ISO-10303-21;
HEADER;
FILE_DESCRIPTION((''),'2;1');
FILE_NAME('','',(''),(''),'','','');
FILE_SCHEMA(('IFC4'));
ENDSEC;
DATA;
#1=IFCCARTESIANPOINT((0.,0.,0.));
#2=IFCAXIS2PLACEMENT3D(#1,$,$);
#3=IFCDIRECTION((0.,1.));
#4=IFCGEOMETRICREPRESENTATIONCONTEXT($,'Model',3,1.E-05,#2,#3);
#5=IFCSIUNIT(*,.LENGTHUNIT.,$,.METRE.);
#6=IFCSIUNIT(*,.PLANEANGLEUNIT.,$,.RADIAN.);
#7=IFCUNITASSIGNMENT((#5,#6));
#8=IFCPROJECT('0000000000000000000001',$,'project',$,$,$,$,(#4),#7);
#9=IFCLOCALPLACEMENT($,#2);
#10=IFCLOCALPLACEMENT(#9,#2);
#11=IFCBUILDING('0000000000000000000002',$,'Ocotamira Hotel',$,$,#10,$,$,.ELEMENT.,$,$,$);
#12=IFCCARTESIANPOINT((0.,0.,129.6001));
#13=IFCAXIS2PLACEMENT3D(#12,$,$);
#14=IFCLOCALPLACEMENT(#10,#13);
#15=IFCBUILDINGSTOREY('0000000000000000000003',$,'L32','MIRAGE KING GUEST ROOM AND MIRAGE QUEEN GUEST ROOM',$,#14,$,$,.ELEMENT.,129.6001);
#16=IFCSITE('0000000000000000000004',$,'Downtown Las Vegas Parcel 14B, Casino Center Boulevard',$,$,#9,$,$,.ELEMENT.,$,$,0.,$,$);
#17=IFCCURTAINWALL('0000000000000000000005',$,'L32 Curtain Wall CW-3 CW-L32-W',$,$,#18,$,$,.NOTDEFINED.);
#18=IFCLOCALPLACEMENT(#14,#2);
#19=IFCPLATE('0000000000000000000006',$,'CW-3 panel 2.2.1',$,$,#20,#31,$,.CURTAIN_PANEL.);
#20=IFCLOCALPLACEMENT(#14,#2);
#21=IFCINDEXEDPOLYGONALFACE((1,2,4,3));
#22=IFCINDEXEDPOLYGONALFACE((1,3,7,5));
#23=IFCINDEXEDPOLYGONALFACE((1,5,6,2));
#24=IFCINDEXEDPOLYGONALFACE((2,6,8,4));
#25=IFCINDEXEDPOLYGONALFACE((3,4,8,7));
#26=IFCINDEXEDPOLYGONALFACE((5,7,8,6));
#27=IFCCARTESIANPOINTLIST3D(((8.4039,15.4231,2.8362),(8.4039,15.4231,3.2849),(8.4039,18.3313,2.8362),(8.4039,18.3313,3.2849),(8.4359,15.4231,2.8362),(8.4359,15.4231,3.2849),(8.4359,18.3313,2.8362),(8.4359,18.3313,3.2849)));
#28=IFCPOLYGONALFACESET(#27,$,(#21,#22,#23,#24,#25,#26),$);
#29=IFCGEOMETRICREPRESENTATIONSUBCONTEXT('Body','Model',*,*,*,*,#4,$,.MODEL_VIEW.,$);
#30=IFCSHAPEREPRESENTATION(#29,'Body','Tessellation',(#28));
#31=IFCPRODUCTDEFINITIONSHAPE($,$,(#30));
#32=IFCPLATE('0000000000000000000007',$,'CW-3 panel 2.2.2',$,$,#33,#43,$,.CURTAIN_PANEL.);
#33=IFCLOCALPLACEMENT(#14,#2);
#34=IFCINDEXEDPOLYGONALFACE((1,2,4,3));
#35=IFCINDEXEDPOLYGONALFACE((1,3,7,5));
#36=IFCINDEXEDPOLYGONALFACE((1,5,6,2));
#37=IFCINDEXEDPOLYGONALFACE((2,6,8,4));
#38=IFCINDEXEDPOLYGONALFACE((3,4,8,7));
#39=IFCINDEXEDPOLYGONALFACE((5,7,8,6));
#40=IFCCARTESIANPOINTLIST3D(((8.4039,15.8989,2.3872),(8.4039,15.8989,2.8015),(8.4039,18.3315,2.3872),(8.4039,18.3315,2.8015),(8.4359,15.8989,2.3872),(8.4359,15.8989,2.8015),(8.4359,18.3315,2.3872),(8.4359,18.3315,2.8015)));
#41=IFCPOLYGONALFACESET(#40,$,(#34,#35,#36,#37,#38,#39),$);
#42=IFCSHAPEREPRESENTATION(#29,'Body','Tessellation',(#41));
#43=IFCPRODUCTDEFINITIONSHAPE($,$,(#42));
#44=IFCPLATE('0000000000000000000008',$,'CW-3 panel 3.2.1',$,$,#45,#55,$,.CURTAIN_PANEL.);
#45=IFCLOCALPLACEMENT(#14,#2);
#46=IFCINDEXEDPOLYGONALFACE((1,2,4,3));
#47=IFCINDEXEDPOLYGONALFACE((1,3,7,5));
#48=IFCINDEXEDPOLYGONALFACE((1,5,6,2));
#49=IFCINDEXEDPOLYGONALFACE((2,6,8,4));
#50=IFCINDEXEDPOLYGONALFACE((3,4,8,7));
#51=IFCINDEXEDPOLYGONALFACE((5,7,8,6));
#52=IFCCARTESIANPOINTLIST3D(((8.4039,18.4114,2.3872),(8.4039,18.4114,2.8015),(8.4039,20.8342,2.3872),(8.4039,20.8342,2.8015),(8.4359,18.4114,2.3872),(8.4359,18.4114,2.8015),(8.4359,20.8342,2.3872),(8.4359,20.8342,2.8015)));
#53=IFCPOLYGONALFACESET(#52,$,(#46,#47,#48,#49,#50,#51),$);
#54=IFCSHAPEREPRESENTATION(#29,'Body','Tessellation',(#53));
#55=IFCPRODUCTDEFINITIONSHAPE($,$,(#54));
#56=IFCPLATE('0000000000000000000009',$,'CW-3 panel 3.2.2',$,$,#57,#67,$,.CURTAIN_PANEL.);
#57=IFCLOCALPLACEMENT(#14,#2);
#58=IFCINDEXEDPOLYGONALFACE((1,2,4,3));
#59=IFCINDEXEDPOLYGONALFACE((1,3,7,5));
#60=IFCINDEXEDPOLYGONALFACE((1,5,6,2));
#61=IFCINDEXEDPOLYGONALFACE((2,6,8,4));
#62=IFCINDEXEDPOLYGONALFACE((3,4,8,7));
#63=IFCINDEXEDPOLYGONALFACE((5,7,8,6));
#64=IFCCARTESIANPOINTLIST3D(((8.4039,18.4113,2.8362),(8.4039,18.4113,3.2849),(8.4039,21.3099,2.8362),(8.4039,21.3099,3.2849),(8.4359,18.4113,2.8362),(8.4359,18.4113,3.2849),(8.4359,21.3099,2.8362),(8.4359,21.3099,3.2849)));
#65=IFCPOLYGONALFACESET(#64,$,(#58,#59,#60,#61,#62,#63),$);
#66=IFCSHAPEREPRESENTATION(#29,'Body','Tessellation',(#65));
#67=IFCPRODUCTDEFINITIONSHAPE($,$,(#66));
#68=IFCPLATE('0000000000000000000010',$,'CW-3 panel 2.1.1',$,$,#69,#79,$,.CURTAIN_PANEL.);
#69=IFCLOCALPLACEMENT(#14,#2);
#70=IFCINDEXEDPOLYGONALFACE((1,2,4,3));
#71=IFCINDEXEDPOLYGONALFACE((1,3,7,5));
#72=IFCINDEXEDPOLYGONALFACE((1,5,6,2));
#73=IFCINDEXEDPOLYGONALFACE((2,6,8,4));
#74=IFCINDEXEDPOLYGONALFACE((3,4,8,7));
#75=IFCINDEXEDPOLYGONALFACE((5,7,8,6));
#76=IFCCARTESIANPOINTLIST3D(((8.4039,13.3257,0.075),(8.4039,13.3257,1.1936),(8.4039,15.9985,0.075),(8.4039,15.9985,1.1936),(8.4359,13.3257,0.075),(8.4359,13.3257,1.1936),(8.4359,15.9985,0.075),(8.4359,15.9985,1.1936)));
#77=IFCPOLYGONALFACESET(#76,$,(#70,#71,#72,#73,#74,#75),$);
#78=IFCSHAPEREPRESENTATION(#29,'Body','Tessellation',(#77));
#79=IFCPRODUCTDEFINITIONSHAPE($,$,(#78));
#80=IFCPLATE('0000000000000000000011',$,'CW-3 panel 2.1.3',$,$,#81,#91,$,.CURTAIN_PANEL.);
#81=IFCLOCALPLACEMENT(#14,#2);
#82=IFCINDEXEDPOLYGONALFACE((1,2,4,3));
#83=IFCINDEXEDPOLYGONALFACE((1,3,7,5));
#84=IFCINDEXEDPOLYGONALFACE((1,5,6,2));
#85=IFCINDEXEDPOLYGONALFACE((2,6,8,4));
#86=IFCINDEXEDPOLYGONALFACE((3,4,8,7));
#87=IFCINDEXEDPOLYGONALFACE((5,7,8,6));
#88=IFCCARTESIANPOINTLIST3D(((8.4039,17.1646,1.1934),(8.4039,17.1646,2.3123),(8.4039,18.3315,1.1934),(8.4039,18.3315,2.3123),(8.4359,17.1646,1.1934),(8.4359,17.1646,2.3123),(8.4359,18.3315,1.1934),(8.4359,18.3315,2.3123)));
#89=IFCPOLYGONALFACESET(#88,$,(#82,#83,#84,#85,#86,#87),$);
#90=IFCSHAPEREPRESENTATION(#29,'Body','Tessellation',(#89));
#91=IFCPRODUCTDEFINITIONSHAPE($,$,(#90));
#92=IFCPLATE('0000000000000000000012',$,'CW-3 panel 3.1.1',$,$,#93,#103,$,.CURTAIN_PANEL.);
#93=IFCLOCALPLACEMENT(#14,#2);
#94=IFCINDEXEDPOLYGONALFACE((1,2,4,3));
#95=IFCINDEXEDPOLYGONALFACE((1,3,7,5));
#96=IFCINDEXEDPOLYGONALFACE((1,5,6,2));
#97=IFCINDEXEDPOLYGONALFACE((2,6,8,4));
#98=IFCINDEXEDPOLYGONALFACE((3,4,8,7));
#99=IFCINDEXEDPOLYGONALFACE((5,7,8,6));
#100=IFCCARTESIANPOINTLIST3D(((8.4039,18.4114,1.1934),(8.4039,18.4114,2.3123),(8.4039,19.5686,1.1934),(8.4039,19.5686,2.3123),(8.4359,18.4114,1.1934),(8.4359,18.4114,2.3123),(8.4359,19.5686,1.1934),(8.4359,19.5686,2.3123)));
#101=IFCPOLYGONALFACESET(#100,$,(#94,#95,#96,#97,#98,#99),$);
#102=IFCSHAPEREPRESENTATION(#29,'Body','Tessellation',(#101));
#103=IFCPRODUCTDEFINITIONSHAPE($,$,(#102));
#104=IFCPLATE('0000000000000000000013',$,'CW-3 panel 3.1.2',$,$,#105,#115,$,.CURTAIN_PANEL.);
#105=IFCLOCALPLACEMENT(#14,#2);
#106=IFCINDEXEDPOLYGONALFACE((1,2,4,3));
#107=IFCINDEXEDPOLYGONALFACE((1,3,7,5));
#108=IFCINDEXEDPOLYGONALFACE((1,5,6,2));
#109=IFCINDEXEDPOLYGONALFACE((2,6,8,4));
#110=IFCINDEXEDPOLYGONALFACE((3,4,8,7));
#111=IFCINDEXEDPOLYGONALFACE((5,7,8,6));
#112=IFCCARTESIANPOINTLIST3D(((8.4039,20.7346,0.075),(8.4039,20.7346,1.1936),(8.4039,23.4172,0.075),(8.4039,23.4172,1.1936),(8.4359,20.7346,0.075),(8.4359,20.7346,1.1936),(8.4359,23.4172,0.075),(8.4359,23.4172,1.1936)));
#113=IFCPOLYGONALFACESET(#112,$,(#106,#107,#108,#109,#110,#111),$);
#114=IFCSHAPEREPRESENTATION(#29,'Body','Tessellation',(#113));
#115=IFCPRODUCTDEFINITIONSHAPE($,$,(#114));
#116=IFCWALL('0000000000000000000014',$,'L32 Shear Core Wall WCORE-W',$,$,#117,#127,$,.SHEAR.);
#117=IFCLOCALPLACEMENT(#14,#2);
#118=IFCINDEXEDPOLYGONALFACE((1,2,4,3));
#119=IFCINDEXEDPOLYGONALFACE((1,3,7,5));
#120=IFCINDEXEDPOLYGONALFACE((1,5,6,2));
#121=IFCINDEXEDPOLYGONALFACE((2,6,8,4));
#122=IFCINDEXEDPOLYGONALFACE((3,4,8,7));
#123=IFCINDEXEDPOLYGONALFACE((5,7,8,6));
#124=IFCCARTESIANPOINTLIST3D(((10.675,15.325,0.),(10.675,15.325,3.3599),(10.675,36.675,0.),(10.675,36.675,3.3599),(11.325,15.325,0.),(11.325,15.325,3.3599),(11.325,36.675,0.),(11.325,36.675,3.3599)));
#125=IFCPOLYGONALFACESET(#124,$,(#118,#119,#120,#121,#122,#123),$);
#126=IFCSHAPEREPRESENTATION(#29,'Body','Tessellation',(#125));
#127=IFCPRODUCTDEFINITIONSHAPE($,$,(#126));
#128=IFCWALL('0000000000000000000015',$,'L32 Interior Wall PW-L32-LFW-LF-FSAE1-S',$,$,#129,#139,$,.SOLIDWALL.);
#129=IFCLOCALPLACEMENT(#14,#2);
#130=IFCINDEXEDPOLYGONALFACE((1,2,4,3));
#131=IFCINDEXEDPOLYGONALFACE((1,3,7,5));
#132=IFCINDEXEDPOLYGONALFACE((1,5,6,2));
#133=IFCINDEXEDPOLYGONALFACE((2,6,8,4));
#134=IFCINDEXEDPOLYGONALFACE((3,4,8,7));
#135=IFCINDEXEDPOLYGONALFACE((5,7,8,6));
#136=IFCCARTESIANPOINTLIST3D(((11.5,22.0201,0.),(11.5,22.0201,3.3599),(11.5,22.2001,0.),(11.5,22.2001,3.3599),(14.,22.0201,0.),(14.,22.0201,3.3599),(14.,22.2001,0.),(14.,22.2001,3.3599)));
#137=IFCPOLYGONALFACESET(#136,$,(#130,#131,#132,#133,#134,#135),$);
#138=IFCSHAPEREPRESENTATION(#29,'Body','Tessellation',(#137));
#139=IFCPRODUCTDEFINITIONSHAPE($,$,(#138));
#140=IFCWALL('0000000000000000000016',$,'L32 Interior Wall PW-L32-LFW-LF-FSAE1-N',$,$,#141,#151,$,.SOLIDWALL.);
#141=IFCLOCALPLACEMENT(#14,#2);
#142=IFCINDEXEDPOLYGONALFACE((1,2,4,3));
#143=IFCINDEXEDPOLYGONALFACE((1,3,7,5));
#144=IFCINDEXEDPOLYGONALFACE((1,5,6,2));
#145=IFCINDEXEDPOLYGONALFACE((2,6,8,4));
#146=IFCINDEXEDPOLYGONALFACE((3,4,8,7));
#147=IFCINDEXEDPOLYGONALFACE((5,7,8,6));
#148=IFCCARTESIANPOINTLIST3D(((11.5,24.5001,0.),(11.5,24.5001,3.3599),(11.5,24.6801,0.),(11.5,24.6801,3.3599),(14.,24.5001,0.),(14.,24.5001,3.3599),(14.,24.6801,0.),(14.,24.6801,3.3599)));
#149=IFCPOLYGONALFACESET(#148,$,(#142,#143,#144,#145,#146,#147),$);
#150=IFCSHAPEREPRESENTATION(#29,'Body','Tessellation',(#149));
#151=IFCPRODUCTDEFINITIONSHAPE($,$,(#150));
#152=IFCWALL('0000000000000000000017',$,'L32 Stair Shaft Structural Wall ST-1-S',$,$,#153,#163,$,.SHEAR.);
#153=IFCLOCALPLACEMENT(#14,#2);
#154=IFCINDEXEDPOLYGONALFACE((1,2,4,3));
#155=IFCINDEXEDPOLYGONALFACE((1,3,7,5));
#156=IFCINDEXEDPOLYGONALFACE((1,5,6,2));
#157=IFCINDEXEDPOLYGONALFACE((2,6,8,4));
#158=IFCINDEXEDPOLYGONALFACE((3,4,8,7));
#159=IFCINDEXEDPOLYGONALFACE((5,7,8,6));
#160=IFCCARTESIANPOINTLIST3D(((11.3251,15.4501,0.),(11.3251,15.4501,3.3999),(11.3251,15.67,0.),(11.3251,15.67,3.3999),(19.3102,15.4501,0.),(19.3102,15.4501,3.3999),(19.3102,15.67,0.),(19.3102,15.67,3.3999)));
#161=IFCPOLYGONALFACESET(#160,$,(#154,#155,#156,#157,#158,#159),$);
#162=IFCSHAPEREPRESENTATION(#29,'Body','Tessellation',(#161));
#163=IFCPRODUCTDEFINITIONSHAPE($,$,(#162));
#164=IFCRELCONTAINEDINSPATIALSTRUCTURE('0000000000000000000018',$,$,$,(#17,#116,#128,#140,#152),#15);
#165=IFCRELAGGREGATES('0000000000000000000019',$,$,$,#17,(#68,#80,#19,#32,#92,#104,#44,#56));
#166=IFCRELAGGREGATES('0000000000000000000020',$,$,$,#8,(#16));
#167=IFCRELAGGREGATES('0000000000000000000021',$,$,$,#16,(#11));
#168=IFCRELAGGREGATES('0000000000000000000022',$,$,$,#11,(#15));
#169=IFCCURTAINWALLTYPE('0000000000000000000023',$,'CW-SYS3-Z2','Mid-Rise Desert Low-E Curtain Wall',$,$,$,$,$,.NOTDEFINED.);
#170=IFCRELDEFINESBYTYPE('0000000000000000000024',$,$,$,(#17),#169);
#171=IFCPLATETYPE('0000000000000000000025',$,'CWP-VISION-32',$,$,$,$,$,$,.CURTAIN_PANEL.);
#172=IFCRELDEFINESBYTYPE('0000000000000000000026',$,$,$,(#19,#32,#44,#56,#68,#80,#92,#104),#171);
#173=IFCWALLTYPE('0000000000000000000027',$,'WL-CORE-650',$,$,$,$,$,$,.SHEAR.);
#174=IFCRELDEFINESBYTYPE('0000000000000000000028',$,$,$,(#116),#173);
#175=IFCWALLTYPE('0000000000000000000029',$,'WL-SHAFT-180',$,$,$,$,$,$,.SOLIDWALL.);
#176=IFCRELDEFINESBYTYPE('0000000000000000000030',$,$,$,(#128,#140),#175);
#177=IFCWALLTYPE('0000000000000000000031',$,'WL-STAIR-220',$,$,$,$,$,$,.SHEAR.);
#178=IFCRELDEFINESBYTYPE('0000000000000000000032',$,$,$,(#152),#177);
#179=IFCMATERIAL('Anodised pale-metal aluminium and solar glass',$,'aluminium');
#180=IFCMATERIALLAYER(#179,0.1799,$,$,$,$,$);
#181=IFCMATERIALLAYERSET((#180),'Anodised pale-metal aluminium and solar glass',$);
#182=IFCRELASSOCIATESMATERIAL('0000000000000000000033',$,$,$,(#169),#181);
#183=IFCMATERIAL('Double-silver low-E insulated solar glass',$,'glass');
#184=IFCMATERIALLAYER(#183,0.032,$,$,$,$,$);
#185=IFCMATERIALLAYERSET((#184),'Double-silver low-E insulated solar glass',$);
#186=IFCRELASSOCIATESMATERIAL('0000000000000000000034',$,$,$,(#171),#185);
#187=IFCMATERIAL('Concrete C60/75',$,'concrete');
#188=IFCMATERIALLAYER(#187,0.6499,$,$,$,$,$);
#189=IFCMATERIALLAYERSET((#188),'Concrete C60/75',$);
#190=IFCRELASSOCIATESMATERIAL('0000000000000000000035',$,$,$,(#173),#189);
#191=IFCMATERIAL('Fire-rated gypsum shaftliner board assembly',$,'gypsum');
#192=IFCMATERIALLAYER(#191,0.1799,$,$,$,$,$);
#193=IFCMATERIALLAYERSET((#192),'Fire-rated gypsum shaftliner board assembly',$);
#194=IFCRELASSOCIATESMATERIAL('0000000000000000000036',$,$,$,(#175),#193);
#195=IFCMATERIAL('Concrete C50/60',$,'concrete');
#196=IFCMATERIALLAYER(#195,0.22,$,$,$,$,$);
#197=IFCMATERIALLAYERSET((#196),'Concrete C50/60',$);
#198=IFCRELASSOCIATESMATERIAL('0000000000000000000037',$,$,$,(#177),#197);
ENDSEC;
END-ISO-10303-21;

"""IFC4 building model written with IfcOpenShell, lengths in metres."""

from ifc_helpers import new_model, si_unit, direction, frame, frame_2d, origin, origin_2d, place, context, subcontext, project, spatial, rectangle, extrude, source, transform, mapped, material, layer, layer_set, type_object, element, aggregate, save


model = new_model("IFC4")

# Units and contexts
model_context = context("Model", 3, precision=1e-05, world=origin(), true_north=direction((0.0, 1.0)))
body_context = subcontext(model_context, "Body", "Model", "MODEL_VIEW")
ifc_project = project(units=[si_unit("LENGTHUNIT", "METRE"), si_unit("PLANEANGLEUNIT", "RADIAN")], contexts=[model_context])

# Site, building, storey
site_placement = place(None, origin())
site = spatial("IfcSite", under=ifc_project, at=site_placement, Name="Downtown Las Vegas Parcel 14B, Casino Center Boulevard", CompositionType="ELEMENT", RefElevation=0.0)
building_placement = place(site_placement, origin())
building = spatial("IfcBuilding", under=site, at=building_placement, Name="Ocotamira Hotel", CompositionType="ELEMENT")
storey_placement = place(building_placement, frame((0.0, 0.0, 129.6001)))
storey = spatial("IfcBuildingStorey", under=building, at=storey_placement, Name="L32", Description="MIRAGE KING GUEST ROOM AND MIRAGE QUEEN GUEST ROOM", CompositionType="ELEMENT", Elevation=129.6001)

# Shared definitions
ifc_material_1 = material(Name="Concrete C60/75", Category="concrete")

# Curtain wall
ifc_material_2 = material(Name="Anodised pale-metal aluminium and solar glass", Category="aluminium")
ifc_layer_1 = layer(ifc_material_2, 0.1799)
ifc_layer_set_1 = layer_set([ifc_layer_1], Name="Anodised pale-metal aluminium and solar glass")
curtain_wall_type = type_object("IfcCurtainWallType", Name="CW-SYS3-Z2", Description="Mid-Rise Desert Low-E Curtain Wall", PredefinedType="NOTDEFINED", material=ifc_layer_set_1)
curtain_wall_placement = place(storey_placement, origin())
curtain_wall = element("IfcCurtainWall", 1, at=curtain_wall_placement, inside=storey, type_object=curtain_wall_type, Name="L32 Curtain Wall CW-3 CW-L32-W", PredefinedType="NOTDEFINED")

# Plates
ifc_material_3 = material(Name="Double-silver low-E insulated solar glass", Category="glass")
ifc_layer_2 = layer(ifc_material_3, 0.032)
ifc_layer_set_2 = layer_set([ifc_layer_2], Name="Double-silver low-E insulated solar glass")
plate_type_1 = type_object("IfcPlateType", Name="CWP-VISION-32", PredefinedType="CURTAIN_PANEL", material=ifc_layer_set_2)
shared_shape_1 = source(origin(), body_context, "Body", "SweptSolid", [
    extrude(rectangle(XDim=2.9082, YDim=0.032, at=origin_2d()), origin(), (0.0, 0.0, 1.0), 0.4487),
])
plate_1_placement = place(storey_placement, frame((8.4199, 16.8772, 2.8362), z_axis=(0.0, 0.0, 1.0), x_axis=(0.0, 1.0, 0.0)))
plate_1 = element("IfcPlate", 2, at=plate_1_placement, type_object=plate_type_1, Name="CW-3 panel 2.2.1", PredefinedType="CURTAIN_PANEL", context=body_context, shape_type="MappedRepresentation", body=[
    mapped(shared_shape_1, transform((0.0, 0.0, 0.0), scale=1.0)),
])
shared_shape_2 = source(origin(), body_context, "Body", "SweptSolid", [
    extrude(rectangle(XDim=2.4326, YDim=0.032, at=origin_2d()), origin(), (0.0, 0.0, 1.0), 0.4143),
])
plate_2_placement = place(storey_placement, frame((8.4199, 17.1152, 2.3872), z_axis=(0.0, 0.0, 1.0), x_axis=(0.0, 1.0, 0.0)))
plate_2 = element("IfcPlate", 3, at=plate_2_placement, type_object=plate_type_1, Name="CW-3 panel 2.2.2", PredefinedType="CURTAIN_PANEL", context=body_context, shape_type="MappedRepresentation", body=[
    mapped(shared_shape_2, transform((0.0, 0.0, 0.0), scale=1.0)),
])
shared_shape_3 = source(origin(), body_context, "Body", "SweptSolid", [
    extrude(rectangle(XDim=2.4229, YDim=0.032, at=origin_2d()), origin(), (0.0, 0.0, 1.0), 0.4143),
])
plate_3_placement = place(storey_placement, frame((8.4199, 19.6228, 2.3872), z_axis=(0.0, 0.0, 1.0), x_axis=(0.0, 1.0, 0.0)))
plate_3 = element("IfcPlate", 4, at=plate_3_placement, type_object=plate_type_1, Name="CW-3 panel 3.2.1", PredefinedType="CURTAIN_PANEL", context=body_context, shape_type="MappedRepresentation", body=[
    mapped(shared_shape_3, transform((0.0, 0.0, 0.0), scale=1.0)),
])
shared_shape_4 = source(origin(), body_context, "Body", "SweptSolid", [
    extrude(rectangle(XDim=2.8987, YDim=0.032, at=origin_2d()), origin(), (0.0, 0.0, 1.0), 0.4487),
])
plate_4_placement = place(storey_placement, frame((8.4199, 19.8606, 2.8362), z_axis=(0.0, 0.0, 1.0), x_axis=(0.0, 1.0, 0.0)))
plate_4 = element("IfcPlate", 5, at=plate_4_placement, type_object=plate_type_1, Name="CW-3 panel 3.2.2", PredefinedType="CURTAIN_PANEL", context=body_context, shape_type="MappedRepresentation", body=[
    mapped(shared_shape_4, transform((0.0, 0.0, 0.0), scale=1.0)),
])
shared_shape_5 = source(origin(), body_context, "Body", "SweptSolid", [
    extrude(rectangle(XDim=2.6729, YDim=0.032, at=origin_2d()), origin(), (0.0, 0.0, 1.0), 1.1187),
])
plate_5_placement = place(storey_placement, frame((8.4199, 14.6621, 0.075), z_axis=(0.0, 0.0, 1.0), x_axis=(0.0, 1.0, 0.0)))
plate_5 = element("IfcPlate", 6, at=plate_5_placement, type_object=plate_type_1, Name="CW-3 panel 2.1.1", PredefinedType="CURTAIN_PANEL", context=body_context, shape_type="MappedRepresentation", body=[
    mapped(shared_shape_5, transform((0.0, 0.0, 0.0), scale=1.0)),
])
shared_shape_6 = source(origin(), body_context, "Body", "SweptSolid", [
    extrude(rectangle(XDim=1.167, YDim=0.032, at=origin_2d()), origin(), (0.0, 0.0, 1.0), 1.1189),
])
plate_6_placement = place(storey_placement, frame((8.4199, 17.748, 1.1934), z_axis=(0.0, 0.0, 1.0), x_axis=(0.0, 1.0, 0.0)))
plate_6 = element("IfcPlate", 7, at=plate_6_placement, type_object=plate_type_1, Name="CW-3 panel 2.1.3", PredefinedType="CURTAIN_PANEL", context=body_context, shape_type="MappedRepresentation", body=[
    mapped(shared_shape_6, transform((0.0, 0.0, 0.0), scale=1.0)),
])
shared_shape_7 = source(origin(), body_context, "Body", "SweptSolid", [
    extrude(rectangle(XDim=1.1572, YDim=0.032, at=origin_2d()), origin(), (0.0, 0.0, 1.0), 1.1189),
])
plate_7_placement = place(storey_placement, frame((8.4199, 18.99, 1.1934), z_axis=(0.0, 0.0, 1.0), x_axis=(0.0, 1.0, 0.0)))
plate_7 = element("IfcPlate", 8, at=plate_7_placement, type_object=plate_type_1, Name="CW-3 panel 3.1.1", PredefinedType="CURTAIN_PANEL", context=body_context, shape_type="MappedRepresentation", body=[
    mapped(shared_shape_7, transform((0.0, 0.0, 0.0), scale=1.0)),
])
shared_shape_8 = source(origin(), body_context, "Body", "SweptSolid", [
    extrude(rectangle(XDim=2.6826, YDim=0.032, at=origin_2d()), origin(), (0.0, 0.0, 1.0), 1.1187),
])
plate_8_placement = place(storey_placement, frame((8.4199, 22.0759, 0.075), z_axis=(0.0, 0.0, 1.0), x_axis=(0.0, 1.0, 0.0)))
plate_8 = element("IfcPlate", 9, at=plate_8_placement, type_object=plate_type_1, Name="CW-3 panel 3.1.2", PredefinedType="CURTAIN_PANEL", context=body_context, shape_type="MappedRepresentation", body=[
    mapped(shared_shape_8, transform((0.0, 0.0, 0.0), scale=1.0)),
])
aggregate(curtain_wall, [plate_5, plate_6, plate_1, plate_2, plate_7, plate_8, plate_3, plate_4])

# Shared definitions
ifc_layer_3 = layer(ifc_material_1, 0.6499)
ifc_layer_set_3 = layer_set([ifc_layer_3], Name="Concrete C60/75")
wall_type_1 = type_object("IfcWallType", Name="WL-CORE-650", PredefinedType="SHEAR", material=ifc_layer_set_3)

# Walls
wall_1_placement = place(storey_placement, frame((11.0, 15.325, 0.0), z_axis=(0.0, 0.0, 1.0), x_axis=(0.0, 1.0, 0.0)))
element("IfcWall", 10, at=wall_1_placement, inside=storey, type_object=wall_type_1, Name="L32 Shear Core Wall WCORE-W", PredefinedType="SHEAR", context=body_context, shape_type="SweptSolid", body=[
    extrude(rectangle(XDim=21.3501, YDim=0.6499, at=frame_2d((10.675, 0.0))), origin(), (0.0, 0.0, 1.0), 3.3599),
])
ifc_material_4 = material(Name="Fire-rated gypsum shaftliner board assembly", Category="gypsum")
ifc_layer_4 = layer(ifc_material_4, 0.1799)
ifc_layer_set_4 = layer_set([ifc_layer_4], Name="Fire-rated gypsum shaftliner board assembly")
wall_type_2 = type_object("IfcWallType", Name="WL-SHAFT-180", PredefinedType="SOLIDWALL", material=ifc_layer_set_4)
for number, where, z_axis, x_axis, name in (
    (11, (11.5, 22.1101, 0.0), (0.0, 0.0, 1.0), (1.0, 0.0, 0.0), "L32 Interior Wall PW-L32-LFW-LF-FSAE1-S"),
    (12, (11.5, 24.5901, 0.0), (0.0, 0.0, 1.0), (1.0, 0.0, 0.0), "L32 Interior Wall PW-L32-LFW-LF-FSAE1-N"),
):
    element("IfcWall", number, at=place(storey_placement, frame(where, z_axis=z_axis, x_axis=x_axis)), inside=storey, type_object=wall_type_2, Name=name, PredefinedType="SOLIDWALL", context=body_context, shape_type="SweptSolid", body=[
        extrude(rectangle(XDim=2.5, YDim=0.1799, at=frame_2d((1.25, 0.0))), origin(), (0.0, 0.0, 1.0), 3.3599),
    ])
ifc_material_5 = material(Name="Concrete C50/60", Category="concrete")
ifc_layer_5 = layer(ifc_material_5, 0.22)
ifc_layer_set_5 = layer_set([ifc_layer_5], Name="Concrete C50/60")
wall_type_3 = type_object("IfcWallType", Name="WL-STAIR-220", PredefinedType="SHEAR", material=ifc_layer_set_5)
wall_2_placement = place(storey_placement, frame((11.325, 15.5601, 0.0), z_axis=(0.0, 0.0, 1.0), x_axis=(1.0, 0.0, 0.0)))
element("IfcWall", 13, at=wall_2_placement, inside=storey, type_object=wall_type_3, Name="L32 Stair Shaft Structural Wall ST-1-S", PredefinedType="SHEAR", context=body_context, shape_type="SweptSolid", body=[
    extrude(rectangle(XDim=7.9851, YDim=0.22, at=frame_2d((3.9927, 0.0))), origin(), (0.0, 0.0, 1.0), 3.3999),
])

save(model, "model.ifc")
